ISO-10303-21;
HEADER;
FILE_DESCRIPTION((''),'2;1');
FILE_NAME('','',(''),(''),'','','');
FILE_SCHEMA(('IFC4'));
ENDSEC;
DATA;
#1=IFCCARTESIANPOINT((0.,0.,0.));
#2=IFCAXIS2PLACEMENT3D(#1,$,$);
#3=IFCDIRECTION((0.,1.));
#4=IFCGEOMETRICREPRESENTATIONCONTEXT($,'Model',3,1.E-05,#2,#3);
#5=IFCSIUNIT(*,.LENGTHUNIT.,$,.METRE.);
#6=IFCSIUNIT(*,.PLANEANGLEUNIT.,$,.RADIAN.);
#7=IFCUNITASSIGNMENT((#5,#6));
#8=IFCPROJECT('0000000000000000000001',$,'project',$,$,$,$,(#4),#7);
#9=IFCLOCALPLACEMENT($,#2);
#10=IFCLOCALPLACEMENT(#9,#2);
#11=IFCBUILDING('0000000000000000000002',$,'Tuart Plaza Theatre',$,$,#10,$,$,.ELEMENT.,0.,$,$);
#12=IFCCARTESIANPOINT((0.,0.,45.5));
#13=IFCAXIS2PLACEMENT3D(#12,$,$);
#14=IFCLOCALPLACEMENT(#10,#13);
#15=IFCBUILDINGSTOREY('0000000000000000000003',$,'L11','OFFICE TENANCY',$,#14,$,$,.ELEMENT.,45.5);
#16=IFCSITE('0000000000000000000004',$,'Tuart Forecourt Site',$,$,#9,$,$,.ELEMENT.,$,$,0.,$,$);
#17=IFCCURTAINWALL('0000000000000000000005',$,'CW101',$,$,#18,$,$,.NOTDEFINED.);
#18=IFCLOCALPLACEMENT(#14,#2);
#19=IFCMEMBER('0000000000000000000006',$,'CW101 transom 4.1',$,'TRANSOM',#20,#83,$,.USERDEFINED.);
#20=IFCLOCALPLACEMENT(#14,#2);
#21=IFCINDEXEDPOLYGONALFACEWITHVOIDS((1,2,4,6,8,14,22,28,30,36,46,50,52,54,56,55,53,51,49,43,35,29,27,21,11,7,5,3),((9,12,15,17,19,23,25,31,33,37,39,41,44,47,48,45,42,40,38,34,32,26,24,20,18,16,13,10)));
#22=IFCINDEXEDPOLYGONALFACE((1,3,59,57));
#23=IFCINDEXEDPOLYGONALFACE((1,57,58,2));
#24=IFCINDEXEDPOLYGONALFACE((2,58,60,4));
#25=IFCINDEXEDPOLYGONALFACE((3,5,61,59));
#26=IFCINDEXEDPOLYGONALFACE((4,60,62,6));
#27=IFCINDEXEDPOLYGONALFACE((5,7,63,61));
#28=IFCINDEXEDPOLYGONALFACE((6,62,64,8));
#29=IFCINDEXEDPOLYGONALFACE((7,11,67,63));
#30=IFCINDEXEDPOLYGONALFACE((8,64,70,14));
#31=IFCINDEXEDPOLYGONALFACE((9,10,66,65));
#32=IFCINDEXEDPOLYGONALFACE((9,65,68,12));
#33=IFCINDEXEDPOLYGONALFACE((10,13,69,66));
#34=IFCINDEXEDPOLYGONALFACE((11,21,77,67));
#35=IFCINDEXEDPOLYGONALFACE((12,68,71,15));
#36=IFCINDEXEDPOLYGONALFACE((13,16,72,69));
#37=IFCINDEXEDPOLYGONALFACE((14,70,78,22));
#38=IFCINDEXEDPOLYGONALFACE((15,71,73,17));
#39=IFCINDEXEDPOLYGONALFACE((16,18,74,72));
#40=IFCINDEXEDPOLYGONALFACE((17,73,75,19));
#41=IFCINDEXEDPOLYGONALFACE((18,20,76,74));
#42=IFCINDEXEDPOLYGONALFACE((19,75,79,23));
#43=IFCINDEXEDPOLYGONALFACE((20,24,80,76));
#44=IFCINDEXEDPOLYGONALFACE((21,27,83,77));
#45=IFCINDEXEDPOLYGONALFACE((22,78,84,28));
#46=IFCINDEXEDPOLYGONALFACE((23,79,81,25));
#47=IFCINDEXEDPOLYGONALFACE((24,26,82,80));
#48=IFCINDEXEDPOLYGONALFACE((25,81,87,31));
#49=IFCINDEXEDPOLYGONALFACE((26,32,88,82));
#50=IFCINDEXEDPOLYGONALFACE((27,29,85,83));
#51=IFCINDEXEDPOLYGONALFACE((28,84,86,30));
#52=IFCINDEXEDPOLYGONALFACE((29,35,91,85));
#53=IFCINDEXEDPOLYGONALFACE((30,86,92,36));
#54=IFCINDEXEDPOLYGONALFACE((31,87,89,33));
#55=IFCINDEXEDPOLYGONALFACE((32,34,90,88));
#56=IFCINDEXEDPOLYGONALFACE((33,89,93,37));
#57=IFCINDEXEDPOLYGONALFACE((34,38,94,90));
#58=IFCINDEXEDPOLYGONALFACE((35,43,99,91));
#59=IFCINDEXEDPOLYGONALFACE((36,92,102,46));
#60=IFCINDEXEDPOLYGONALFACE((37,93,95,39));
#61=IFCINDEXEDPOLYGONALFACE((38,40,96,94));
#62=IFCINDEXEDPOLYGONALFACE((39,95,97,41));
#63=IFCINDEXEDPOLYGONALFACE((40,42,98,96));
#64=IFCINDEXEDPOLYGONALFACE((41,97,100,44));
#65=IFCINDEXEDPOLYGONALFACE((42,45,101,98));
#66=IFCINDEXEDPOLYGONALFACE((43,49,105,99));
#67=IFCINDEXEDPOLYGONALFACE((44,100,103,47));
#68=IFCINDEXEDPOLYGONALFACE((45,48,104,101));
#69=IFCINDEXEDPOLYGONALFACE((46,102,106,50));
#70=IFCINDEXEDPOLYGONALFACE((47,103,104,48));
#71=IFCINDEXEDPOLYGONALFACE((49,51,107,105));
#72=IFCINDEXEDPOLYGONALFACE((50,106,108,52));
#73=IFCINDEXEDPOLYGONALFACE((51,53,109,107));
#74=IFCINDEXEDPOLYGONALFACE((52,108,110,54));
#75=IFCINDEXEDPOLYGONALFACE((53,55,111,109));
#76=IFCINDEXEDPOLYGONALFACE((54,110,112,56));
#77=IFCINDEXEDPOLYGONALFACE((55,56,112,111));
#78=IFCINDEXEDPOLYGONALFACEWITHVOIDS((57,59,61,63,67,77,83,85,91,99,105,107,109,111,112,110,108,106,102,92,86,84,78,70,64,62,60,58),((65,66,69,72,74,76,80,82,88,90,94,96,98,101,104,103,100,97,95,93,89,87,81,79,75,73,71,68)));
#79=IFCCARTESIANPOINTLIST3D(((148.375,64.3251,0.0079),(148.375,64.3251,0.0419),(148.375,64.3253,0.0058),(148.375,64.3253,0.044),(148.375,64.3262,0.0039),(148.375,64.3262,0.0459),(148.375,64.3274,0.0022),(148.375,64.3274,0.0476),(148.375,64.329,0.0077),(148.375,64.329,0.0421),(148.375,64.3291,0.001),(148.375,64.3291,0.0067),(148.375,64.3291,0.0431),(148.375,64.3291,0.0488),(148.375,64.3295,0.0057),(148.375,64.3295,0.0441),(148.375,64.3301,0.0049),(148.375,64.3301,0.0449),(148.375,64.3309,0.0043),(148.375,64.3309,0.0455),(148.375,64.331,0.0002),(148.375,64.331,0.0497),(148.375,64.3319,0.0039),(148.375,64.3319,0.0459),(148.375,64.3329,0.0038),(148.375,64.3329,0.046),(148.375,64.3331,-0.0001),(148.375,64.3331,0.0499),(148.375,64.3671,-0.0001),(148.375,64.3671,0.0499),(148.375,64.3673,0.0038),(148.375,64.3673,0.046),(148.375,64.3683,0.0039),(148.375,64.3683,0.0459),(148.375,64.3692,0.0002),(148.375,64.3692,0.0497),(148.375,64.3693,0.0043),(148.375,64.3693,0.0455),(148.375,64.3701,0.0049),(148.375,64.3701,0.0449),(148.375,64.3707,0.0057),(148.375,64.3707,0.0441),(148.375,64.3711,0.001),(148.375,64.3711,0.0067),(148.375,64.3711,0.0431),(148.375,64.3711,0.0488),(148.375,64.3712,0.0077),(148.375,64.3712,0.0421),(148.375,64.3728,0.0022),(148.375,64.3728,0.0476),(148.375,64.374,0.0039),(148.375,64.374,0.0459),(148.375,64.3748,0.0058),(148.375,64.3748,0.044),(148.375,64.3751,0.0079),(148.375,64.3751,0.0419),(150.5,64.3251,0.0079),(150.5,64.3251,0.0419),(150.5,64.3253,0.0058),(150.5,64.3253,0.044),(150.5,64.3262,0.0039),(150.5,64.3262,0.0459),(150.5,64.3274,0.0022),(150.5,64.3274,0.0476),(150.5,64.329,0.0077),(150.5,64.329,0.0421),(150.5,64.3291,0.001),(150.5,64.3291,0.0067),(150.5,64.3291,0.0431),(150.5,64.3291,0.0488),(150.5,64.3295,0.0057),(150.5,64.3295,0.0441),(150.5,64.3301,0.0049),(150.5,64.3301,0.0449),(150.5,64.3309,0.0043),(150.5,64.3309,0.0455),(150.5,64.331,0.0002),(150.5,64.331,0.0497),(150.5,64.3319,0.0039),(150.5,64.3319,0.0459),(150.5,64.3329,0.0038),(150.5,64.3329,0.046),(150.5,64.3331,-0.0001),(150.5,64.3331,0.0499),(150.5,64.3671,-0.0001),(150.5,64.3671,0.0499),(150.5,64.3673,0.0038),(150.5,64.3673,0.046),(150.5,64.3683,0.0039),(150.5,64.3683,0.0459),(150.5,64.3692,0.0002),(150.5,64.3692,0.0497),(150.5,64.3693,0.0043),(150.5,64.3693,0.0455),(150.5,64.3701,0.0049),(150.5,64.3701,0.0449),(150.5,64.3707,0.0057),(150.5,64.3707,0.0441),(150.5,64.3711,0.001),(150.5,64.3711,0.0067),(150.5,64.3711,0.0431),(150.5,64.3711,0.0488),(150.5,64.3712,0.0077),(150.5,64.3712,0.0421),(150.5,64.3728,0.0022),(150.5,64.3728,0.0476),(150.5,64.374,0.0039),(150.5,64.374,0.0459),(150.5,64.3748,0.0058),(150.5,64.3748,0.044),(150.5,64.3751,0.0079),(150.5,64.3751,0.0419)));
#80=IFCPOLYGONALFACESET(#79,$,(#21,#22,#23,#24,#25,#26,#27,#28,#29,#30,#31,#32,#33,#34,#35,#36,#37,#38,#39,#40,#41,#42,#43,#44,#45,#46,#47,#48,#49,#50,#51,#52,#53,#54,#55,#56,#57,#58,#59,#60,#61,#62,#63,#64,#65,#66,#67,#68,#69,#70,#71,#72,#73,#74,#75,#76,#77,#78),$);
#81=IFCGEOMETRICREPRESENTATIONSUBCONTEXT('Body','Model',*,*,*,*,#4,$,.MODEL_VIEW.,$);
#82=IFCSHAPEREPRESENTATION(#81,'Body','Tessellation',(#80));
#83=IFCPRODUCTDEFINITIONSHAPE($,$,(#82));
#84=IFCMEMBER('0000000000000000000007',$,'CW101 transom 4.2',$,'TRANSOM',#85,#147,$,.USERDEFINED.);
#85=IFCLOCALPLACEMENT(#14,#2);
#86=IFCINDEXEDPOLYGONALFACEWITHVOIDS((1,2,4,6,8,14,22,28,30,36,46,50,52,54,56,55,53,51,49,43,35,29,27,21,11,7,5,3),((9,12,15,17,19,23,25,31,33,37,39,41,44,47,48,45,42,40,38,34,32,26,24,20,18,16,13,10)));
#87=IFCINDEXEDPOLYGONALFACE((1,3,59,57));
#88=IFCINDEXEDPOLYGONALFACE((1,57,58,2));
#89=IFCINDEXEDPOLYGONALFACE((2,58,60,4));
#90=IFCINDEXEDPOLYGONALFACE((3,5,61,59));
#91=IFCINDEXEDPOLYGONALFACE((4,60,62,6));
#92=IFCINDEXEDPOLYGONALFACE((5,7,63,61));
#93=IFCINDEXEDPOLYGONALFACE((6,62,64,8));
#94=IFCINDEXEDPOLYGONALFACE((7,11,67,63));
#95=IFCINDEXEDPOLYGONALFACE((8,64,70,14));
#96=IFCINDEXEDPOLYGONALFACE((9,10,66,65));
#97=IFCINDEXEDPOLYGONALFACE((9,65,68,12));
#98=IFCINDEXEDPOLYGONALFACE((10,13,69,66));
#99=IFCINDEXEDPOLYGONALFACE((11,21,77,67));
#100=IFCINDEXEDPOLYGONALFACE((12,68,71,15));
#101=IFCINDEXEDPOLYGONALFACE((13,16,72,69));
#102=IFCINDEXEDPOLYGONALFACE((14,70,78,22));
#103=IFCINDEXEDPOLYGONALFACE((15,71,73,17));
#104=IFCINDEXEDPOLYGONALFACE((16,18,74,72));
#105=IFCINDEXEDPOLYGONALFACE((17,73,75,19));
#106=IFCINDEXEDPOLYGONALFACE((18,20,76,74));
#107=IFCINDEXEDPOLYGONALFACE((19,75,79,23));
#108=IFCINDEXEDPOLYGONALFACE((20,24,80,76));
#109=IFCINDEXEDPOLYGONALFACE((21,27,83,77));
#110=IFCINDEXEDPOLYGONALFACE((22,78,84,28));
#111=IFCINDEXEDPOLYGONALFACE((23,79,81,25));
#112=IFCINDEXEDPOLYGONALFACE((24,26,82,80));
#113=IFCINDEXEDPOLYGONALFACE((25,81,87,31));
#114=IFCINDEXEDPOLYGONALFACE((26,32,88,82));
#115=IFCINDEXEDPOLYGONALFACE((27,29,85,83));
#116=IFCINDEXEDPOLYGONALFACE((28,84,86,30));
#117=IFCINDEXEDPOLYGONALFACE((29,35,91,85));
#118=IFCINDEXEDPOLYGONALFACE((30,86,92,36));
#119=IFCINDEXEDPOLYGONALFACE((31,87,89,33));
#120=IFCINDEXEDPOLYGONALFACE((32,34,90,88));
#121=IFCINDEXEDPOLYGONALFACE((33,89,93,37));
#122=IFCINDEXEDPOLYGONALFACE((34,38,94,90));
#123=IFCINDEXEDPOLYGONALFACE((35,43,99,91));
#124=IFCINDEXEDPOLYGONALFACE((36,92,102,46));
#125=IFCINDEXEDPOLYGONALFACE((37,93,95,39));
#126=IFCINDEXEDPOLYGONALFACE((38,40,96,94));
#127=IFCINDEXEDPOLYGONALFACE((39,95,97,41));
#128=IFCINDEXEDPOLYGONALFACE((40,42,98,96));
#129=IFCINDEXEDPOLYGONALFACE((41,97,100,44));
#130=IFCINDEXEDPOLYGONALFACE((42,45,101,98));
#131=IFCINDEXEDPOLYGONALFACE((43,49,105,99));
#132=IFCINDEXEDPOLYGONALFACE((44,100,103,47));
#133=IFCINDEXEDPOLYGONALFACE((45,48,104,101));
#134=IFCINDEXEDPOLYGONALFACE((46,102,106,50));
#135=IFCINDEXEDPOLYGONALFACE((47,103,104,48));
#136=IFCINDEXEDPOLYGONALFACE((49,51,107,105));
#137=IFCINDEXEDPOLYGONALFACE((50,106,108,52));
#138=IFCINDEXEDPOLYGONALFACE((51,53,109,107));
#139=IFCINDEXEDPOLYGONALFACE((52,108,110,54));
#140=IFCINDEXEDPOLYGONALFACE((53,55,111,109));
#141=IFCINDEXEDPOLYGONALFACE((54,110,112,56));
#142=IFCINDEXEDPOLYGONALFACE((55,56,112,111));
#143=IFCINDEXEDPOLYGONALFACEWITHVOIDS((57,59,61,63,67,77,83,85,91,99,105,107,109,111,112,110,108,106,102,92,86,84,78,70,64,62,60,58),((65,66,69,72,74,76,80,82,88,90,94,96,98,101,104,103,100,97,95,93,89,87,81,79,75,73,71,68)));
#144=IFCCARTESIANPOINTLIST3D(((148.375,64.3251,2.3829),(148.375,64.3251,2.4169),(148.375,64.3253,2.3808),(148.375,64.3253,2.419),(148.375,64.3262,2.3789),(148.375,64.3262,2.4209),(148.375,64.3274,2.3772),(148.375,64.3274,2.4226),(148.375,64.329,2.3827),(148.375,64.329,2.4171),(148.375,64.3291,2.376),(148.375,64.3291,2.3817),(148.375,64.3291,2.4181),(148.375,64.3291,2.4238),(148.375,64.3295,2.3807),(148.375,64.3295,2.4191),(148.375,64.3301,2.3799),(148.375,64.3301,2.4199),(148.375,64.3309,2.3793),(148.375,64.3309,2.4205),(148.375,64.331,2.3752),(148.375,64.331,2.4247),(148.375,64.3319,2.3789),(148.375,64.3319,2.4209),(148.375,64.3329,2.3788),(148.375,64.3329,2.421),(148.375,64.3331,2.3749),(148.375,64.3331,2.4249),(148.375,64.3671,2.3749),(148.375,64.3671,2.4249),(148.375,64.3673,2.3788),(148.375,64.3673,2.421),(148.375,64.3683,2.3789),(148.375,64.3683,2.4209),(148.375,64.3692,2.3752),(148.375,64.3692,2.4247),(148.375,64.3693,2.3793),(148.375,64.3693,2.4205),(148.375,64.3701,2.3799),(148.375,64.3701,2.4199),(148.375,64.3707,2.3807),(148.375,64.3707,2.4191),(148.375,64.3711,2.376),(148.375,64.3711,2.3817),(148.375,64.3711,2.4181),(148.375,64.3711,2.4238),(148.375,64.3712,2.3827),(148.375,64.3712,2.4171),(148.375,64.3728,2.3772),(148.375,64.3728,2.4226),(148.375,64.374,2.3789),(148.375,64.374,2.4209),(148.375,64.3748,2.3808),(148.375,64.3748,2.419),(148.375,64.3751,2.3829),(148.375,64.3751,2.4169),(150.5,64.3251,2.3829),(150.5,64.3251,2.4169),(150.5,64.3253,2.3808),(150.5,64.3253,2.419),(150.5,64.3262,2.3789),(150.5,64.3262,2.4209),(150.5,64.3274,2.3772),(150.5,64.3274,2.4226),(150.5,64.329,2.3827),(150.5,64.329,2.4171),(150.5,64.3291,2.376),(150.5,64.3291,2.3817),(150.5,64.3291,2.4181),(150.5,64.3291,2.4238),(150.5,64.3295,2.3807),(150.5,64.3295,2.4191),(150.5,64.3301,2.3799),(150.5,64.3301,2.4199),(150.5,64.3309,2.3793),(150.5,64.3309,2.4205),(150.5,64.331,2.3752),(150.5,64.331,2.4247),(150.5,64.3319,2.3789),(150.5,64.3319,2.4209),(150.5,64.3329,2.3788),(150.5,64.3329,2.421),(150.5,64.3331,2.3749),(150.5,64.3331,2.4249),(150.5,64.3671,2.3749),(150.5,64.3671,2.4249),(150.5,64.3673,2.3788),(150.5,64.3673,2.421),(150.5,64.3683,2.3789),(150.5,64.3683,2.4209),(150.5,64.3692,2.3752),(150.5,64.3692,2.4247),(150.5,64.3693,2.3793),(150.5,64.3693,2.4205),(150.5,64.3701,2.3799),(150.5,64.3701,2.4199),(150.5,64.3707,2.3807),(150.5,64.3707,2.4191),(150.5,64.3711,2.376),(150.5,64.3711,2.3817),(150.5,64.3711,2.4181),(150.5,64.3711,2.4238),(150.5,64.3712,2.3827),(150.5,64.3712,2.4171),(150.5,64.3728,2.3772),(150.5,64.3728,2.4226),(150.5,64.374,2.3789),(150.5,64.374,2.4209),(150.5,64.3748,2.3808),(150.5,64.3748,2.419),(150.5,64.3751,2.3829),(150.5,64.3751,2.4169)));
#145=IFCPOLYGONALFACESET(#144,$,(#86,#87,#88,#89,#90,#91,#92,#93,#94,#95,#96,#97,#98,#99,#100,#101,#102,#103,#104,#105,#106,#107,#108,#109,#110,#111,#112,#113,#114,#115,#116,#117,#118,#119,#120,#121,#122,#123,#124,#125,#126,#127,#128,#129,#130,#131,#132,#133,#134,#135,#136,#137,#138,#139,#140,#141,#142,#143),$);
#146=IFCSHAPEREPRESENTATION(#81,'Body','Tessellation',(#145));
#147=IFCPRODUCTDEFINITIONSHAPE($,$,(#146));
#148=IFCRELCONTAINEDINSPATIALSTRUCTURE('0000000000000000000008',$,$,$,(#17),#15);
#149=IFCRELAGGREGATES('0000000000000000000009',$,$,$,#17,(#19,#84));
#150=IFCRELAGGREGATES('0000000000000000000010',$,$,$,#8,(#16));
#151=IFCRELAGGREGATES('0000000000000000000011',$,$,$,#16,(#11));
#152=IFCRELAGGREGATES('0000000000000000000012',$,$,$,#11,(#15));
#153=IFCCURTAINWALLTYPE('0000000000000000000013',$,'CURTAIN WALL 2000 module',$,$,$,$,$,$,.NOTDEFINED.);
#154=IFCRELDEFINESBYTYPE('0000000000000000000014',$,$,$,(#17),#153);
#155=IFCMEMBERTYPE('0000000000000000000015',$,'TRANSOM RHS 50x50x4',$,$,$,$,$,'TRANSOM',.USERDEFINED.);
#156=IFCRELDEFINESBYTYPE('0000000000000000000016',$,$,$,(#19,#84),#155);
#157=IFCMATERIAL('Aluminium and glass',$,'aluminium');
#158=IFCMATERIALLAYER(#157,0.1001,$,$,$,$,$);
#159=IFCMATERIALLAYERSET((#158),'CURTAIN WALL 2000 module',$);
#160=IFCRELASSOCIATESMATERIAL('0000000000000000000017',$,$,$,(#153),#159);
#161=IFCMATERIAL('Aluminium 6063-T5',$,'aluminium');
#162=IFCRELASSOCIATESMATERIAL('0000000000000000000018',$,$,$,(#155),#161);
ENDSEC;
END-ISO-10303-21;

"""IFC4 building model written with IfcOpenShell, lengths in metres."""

from ifc_helpers import new_model, si_unit, direction, frame, origin, origin_2d, place, context, subcontext, project, spatial, hollow_rectangle, extrude, material, layer, layer_set, material_profile, profile_set, type_object, element, aggregate, save


model = new_model("IFC4")

# Units and contexts
model_context = context("Model", 3, precision=1e-05, world=origin(), true_north=direction((0.0, 1.0)))
body_context = subcontext(model_context, "Body", "Model", "MODEL_VIEW")
ifc_project = project(units=[si_unit("LENGTHUNIT", "METRE"), si_unit("PLANEANGLEUNIT", "RADIAN")], contexts=[model_context])

# Site, building, storey
site_placement = place(None, origin())
site = spatial("IfcSite", under=ifc_project, at=site_placement, Name="Tuart Forecourt Site", CompositionType="ELEMENT", RefElevation=0.0)
building_placement = place(site_placement, origin())
building = spatial("IfcBuilding", under=site, at=building_placement, Name="Tuart Plaza Theatre", CompositionType="ELEMENT", ElevationOfRefHeight=0.0)
storey_placement = place(building_placement, frame((0.0, 0.0, 45.5)))
storey = spatial("IfcBuildingStorey", under=building, at=storey_placement, Name="L11", Description="OFFICE TENANCY", CompositionType="ELEMENT", Elevation=45.5)

# Shared definitions
ifc_material_1 = material(Name="Aluminium and glass", Category="aluminium")
ifc_layer_1 = layer(ifc_material_1, 0.1001)
ifc_layer_set_1 = layer_set([ifc_layer_1], Name="CURTAIN WALL 2000 module")
curtain_wall_type = type_object("IfcCurtainWallType", Name="CURTAIN WALL 2000 module", PredefinedType="NOTDEFINED", material=ifc_layer_set_1)

# Curtain wall
curtain_wall_1_placement = place(storey_placement, origin())
curtain_wall_1 = element("IfcCurtainWall", 1, at=curtain_wall_1_placement, inside=storey, type_object=curtain_wall_type, Name="CW101", PredefinedType="NOTDEFINED")

# Members
ifc_material_2 = material(Name="Aluminium 6063-T5", Category="aluminium")
ifc_material_profile_1 = material_profile(ifc_material_2, hollow_rectangle(XDim=0.05, YDim=0.05, WallThickness=0.0039, InnerFilletRadius=0.0039, OuterFilletRadius=0.0081, at=origin_2d()), Name="RHS 50x50x4")
ifc_profile_set_1 = profile_set([ifc_material_profile_1], Name="Aluminium 6063-T5")
member_type_1 = type_object("IfcMemberType", Name="TRANSOM RHS 50x50x4", ElementType="TRANSOM", PredefinedType="USERDEFINED", material=ifc_profile_set_1)
member_1_placement = place(storey_placement, frame((148.375, 64.3501, 0.0249), z_axis=(1.0, 0.0, 0.0), x_axis=(0.0, 1.0, 0.0)))
member_1 = element("IfcMember", 2, at=member_1_placement, type_object=member_type_1, Name="CW101 transom 4.1", ObjectType="TRANSOM", PredefinedType="USERDEFINED", context=body_context, shape_type="SweptSolid", body=[
    extrude(hollow_rectangle(XDim=0.05, YDim=0.05, WallThickness=0.0039, InnerFilletRadius=0.0039, OuterFilletRadius=0.0081, at=origin_2d()), origin(), (0.0, 0.0, 1.0), 2.125),
])
member_2_placement = place(storey_placement, frame((148.375, 64.3501, 2.3999), z_axis=(1.0, 0.0, 0.0), x_axis=(0.0, 1.0, 0.0)))
member_2 = element("IfcMember", 3, at=member_2_placement, type_object=member_type_1, Name="CW101 transom 4.2", ObjectType="TRANSOM", PredefinedType="USERDEFINED", context=body_context, shape_type="SweptSolid", body=[
    extrude(hollow_rectangle(XDim=0.05, YDim=0.05, WallThickness=0.0039, InnerFilletRadius=0.0039, OuterFilletRadius=0.0081, at=origin_2d()), origin(), (0.0, 0.0, 1.0), 2.125),
])

aggregate(curtain_wall_1, [member_1, member_2])

save(model, "model.ifc")
